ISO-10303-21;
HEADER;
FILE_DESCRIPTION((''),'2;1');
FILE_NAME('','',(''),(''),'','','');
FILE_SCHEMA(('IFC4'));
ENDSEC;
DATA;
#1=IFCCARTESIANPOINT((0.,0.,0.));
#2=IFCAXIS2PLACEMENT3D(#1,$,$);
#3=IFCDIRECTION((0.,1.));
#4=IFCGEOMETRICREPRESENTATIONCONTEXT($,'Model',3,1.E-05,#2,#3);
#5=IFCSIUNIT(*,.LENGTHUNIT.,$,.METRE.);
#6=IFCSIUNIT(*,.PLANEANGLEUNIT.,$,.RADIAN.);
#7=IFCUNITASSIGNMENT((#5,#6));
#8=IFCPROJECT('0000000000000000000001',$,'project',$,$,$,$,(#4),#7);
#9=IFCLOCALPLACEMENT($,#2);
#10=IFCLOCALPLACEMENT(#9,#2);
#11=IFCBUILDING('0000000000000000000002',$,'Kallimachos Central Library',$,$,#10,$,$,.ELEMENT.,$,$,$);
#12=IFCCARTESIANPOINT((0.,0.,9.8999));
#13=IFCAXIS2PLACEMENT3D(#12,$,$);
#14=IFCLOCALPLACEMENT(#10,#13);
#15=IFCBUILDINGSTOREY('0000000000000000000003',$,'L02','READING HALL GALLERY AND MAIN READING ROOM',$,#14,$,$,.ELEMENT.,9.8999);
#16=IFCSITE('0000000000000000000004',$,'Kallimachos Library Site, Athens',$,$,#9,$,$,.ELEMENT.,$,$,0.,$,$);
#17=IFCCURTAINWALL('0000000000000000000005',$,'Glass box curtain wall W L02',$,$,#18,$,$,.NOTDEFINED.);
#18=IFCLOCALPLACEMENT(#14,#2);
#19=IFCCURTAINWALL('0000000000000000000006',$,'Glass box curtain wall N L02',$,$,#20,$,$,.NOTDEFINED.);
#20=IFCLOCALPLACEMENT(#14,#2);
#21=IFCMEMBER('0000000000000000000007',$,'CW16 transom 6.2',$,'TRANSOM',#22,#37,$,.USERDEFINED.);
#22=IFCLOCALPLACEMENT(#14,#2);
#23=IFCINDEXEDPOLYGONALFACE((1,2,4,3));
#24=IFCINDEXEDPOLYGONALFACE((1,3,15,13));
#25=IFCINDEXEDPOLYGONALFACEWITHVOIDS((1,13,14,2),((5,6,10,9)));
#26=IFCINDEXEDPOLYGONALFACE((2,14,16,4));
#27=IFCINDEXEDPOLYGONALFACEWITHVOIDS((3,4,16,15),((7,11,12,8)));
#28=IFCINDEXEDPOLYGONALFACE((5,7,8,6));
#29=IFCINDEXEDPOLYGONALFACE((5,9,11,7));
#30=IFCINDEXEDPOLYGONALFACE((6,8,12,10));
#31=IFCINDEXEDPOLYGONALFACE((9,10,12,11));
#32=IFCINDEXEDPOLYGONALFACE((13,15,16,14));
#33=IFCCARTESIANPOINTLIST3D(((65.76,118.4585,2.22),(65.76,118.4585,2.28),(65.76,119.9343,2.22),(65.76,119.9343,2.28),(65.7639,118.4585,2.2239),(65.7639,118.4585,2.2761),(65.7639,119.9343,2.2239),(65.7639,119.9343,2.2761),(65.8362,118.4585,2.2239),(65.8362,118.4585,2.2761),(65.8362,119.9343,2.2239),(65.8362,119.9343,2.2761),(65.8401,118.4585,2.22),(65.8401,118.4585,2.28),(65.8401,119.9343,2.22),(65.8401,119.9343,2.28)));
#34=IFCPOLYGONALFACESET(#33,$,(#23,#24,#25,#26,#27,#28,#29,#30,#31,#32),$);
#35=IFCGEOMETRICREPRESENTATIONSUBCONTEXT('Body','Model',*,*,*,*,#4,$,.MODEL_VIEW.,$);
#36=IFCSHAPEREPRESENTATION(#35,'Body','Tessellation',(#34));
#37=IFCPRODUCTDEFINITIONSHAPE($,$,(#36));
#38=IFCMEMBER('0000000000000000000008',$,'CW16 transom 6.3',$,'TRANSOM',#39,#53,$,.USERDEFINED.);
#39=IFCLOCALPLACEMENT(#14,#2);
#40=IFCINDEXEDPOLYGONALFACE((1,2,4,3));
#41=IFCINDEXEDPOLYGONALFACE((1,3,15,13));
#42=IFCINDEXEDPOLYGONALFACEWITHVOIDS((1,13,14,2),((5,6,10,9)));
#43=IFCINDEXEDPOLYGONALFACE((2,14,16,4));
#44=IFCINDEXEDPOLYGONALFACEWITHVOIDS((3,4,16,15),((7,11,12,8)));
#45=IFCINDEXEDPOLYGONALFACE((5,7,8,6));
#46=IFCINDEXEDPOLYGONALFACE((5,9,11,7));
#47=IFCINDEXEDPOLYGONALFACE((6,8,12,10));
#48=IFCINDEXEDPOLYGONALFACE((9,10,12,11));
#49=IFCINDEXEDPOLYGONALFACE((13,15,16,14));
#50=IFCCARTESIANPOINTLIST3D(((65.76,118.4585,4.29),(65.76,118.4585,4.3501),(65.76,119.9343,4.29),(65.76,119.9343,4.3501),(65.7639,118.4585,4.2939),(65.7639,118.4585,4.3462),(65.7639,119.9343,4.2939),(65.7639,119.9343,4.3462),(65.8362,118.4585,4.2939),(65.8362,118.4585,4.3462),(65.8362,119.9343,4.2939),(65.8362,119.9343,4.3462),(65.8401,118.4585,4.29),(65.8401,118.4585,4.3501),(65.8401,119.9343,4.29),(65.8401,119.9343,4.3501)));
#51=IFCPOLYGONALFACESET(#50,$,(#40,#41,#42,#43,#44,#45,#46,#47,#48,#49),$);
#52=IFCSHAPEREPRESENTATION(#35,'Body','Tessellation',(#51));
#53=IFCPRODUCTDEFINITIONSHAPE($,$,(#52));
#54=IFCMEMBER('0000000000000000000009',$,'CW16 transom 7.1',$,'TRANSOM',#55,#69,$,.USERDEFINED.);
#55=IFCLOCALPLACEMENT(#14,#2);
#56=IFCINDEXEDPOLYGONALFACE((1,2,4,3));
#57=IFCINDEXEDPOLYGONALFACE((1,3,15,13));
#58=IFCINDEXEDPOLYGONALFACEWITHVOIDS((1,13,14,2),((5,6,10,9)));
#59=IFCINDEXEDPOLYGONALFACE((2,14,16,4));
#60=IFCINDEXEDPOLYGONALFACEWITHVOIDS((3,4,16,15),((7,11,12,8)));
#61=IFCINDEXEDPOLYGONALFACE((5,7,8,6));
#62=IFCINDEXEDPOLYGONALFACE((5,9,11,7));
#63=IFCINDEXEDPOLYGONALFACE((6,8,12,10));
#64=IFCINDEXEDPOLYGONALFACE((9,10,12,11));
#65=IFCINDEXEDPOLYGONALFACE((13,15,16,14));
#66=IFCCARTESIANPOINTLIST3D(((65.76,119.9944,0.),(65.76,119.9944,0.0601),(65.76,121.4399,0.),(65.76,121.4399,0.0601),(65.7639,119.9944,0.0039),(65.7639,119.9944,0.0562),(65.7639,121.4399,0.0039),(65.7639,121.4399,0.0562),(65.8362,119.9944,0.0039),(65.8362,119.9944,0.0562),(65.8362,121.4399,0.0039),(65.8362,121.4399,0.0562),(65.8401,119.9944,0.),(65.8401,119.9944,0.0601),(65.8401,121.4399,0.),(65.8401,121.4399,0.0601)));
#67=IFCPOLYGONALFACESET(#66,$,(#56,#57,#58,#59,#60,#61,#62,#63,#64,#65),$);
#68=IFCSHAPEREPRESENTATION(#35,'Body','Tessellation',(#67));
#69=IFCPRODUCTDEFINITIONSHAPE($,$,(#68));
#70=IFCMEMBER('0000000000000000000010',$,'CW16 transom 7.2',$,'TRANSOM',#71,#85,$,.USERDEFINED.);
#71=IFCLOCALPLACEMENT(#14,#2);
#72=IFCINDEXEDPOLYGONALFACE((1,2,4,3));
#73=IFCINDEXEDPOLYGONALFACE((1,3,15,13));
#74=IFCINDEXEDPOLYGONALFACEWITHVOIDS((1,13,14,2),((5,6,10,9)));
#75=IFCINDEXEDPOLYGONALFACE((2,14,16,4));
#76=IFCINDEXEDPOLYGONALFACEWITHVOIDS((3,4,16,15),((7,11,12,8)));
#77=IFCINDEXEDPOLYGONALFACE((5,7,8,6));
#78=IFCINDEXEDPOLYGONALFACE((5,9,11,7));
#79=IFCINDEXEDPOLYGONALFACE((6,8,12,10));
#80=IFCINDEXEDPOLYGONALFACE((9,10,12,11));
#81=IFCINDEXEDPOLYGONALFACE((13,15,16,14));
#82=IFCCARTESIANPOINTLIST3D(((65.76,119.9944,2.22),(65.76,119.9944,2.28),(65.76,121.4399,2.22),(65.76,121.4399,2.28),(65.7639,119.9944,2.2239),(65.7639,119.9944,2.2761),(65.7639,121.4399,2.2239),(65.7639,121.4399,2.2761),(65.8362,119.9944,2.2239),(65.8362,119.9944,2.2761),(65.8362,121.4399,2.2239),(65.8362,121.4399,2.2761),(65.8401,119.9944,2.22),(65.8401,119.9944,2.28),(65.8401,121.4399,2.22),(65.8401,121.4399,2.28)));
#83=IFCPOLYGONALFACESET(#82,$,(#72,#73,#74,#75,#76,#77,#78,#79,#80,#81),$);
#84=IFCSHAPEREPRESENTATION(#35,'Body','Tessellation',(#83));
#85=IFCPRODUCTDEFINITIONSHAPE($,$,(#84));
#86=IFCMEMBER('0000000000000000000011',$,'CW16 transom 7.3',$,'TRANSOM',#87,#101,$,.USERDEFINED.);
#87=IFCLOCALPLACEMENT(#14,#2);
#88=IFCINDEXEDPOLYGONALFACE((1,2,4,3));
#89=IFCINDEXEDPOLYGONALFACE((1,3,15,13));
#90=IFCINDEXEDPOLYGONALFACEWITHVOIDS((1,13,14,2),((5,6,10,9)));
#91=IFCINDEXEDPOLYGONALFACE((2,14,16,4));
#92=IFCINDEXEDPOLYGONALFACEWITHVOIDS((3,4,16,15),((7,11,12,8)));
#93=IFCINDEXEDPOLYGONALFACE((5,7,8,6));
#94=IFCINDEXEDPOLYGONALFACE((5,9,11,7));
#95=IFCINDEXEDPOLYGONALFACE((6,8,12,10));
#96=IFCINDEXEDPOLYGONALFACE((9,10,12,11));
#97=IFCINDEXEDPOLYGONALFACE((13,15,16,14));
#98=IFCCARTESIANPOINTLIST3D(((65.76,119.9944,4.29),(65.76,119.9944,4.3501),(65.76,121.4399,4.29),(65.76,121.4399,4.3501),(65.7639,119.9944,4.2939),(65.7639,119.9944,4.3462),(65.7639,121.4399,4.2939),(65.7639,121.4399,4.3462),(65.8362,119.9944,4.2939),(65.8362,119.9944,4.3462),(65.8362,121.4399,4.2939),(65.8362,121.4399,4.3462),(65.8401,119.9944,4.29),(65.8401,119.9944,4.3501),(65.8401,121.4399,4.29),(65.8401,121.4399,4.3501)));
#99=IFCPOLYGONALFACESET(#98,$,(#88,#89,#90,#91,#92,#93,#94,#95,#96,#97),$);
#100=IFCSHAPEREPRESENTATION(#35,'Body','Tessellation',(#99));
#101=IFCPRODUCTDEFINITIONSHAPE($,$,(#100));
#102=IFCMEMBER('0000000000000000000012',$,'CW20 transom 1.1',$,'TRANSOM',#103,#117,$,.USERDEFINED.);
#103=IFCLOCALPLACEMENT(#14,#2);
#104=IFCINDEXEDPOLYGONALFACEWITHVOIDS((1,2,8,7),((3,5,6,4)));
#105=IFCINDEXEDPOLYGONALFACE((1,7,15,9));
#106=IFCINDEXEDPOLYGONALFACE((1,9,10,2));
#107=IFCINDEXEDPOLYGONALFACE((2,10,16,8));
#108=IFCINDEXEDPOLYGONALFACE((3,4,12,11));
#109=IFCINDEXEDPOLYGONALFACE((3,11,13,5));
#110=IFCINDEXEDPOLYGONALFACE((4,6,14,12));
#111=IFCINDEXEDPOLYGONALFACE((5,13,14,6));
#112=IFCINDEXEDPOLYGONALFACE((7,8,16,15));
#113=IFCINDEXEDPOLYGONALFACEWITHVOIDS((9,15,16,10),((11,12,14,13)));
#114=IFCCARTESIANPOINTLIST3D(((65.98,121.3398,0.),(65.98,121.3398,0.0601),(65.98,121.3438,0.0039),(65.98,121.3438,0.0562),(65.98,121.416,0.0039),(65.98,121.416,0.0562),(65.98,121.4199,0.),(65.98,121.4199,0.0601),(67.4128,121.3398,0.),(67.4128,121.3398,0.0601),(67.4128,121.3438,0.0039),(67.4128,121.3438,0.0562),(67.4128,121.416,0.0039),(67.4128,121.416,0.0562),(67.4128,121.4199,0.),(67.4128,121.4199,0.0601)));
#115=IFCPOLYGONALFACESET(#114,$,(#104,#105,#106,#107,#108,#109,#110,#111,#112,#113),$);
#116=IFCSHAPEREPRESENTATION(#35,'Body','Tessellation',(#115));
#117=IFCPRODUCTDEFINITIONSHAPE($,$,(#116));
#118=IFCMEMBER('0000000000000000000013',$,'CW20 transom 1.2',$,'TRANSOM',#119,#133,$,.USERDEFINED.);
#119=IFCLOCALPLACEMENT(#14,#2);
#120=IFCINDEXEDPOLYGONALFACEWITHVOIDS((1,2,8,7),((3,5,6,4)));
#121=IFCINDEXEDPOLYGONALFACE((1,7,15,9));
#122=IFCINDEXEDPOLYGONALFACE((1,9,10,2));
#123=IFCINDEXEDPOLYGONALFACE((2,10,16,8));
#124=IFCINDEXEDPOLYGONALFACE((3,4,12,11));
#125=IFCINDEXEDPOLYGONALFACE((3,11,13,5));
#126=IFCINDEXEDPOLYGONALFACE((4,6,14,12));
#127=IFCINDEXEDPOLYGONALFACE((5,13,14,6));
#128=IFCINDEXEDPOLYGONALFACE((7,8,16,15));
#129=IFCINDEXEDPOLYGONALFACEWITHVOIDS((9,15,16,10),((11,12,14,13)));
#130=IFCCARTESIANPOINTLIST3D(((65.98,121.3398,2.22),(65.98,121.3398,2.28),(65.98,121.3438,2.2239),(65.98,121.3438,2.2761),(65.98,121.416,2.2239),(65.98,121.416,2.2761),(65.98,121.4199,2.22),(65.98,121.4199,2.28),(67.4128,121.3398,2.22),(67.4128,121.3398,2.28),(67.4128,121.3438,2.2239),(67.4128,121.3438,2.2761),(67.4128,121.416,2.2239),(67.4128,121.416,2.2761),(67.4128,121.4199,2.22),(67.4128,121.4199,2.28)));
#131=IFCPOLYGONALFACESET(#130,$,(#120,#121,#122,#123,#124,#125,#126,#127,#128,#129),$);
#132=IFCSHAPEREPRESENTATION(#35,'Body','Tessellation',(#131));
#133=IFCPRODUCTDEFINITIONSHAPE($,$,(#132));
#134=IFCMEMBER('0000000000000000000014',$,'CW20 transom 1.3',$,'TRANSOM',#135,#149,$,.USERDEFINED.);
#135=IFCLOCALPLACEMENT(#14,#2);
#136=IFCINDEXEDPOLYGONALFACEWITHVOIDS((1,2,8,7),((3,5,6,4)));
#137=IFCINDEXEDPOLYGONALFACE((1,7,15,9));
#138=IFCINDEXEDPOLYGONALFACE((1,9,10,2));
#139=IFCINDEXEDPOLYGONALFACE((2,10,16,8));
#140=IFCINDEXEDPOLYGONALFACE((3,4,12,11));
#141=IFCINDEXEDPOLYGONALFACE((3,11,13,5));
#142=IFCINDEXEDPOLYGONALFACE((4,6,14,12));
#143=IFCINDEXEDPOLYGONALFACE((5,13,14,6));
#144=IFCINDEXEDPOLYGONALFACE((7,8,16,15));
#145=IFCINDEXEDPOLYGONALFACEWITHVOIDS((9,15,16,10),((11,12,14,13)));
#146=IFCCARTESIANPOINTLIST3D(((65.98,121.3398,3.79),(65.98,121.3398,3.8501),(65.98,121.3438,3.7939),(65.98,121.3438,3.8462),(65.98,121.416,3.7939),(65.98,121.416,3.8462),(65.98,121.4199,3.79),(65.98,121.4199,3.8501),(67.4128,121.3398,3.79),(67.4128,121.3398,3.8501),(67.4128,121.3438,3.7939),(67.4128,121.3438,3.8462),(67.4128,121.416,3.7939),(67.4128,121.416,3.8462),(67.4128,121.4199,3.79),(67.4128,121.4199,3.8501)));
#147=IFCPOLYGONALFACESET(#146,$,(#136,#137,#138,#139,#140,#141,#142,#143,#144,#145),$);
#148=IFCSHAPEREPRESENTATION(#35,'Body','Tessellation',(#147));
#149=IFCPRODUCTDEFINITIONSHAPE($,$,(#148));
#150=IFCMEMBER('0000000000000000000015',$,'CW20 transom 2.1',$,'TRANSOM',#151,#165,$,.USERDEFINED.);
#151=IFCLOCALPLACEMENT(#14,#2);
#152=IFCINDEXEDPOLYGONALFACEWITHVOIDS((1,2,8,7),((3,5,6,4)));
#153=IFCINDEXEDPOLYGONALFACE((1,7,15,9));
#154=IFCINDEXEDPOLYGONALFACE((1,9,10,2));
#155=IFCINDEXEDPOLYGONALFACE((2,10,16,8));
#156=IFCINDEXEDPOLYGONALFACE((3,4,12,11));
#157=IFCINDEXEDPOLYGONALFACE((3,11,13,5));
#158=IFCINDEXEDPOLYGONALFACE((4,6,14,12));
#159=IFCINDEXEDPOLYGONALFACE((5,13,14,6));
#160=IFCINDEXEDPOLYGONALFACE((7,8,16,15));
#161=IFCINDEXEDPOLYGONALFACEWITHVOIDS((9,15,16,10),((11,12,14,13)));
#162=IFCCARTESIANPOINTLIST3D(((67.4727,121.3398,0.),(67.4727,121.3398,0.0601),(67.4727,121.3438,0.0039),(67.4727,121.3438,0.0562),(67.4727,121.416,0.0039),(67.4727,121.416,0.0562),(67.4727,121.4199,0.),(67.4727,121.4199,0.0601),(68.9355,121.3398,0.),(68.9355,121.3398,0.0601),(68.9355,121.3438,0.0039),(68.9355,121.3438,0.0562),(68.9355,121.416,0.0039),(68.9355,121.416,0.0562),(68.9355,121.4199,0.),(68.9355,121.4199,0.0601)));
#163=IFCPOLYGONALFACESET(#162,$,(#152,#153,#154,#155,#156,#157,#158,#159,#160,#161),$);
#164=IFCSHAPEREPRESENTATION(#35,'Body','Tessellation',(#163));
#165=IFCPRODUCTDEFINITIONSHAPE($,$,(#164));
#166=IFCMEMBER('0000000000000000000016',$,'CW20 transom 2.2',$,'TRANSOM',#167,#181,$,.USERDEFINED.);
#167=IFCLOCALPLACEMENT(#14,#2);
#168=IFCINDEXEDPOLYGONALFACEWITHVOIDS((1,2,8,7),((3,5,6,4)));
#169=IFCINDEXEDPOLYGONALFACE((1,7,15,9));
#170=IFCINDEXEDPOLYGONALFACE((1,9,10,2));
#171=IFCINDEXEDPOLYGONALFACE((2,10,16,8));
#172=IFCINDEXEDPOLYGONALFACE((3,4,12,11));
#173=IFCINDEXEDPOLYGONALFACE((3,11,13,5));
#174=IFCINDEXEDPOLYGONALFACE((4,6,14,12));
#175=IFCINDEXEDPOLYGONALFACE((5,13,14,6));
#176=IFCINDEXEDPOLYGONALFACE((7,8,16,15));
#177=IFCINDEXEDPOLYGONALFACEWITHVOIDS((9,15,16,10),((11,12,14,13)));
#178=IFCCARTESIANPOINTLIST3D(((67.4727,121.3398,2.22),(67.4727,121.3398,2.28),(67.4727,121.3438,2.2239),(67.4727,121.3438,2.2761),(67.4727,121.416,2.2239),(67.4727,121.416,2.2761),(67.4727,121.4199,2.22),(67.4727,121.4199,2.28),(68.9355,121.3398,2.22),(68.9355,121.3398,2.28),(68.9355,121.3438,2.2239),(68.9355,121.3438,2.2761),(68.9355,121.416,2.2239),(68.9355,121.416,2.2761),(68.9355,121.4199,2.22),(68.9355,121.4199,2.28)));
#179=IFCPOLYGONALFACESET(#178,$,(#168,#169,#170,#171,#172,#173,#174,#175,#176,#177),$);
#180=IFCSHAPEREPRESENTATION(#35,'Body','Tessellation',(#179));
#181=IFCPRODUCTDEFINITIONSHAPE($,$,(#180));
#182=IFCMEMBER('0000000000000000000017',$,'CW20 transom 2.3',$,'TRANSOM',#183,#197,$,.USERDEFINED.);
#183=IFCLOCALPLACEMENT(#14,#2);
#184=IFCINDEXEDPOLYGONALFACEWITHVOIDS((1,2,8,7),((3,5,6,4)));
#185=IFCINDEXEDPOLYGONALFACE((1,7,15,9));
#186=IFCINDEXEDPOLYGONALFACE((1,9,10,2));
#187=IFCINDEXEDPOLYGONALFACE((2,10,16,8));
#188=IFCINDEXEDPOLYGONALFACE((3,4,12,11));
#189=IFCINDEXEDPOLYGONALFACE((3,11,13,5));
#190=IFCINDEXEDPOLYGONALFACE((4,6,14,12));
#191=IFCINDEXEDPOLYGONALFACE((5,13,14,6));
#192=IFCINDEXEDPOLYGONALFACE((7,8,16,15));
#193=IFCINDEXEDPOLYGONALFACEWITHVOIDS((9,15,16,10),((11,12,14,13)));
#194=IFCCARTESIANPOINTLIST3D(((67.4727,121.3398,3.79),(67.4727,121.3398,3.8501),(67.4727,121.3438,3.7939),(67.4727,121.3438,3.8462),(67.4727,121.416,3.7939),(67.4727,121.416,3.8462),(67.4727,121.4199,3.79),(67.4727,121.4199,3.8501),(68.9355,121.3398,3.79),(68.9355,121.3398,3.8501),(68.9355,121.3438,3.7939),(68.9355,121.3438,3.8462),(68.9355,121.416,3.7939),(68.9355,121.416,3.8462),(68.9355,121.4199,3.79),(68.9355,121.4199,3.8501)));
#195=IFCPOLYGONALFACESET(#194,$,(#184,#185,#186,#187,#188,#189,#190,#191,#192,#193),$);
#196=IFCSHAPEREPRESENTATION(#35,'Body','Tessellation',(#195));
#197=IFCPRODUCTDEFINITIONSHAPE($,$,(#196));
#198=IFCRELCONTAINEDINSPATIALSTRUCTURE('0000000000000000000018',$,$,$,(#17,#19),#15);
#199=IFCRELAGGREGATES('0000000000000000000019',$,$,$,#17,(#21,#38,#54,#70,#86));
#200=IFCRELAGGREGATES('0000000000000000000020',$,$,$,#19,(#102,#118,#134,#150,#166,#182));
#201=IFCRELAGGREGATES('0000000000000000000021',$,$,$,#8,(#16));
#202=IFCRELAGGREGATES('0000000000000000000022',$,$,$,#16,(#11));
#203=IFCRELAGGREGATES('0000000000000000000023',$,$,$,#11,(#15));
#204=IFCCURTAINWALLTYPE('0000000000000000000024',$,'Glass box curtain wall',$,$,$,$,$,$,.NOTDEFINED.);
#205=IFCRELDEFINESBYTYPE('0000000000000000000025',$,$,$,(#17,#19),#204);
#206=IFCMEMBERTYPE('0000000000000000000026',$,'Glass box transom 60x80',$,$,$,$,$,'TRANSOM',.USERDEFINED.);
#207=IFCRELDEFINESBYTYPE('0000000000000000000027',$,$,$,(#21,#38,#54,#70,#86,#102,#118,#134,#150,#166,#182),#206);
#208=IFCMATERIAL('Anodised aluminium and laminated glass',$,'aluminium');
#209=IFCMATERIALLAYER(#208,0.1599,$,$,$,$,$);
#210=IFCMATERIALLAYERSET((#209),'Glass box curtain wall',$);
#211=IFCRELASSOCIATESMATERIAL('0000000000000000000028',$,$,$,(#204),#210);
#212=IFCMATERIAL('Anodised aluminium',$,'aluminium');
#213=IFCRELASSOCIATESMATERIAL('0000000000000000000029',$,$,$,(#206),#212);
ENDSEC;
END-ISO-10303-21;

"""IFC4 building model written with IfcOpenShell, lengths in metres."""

from ifc_helpers import new_model, si_unit, direction, frame, origin, origin_2d, place, context, subcontext, project, spatial, hollow_rectangle, extrude, material, layer, layer_set, material_profile, profile_set, type_object, element, aggregate, save


model = new_model("IFC4")

# Units and contexts
model_context = context("Model", 3, precision=1e-05, world=origin(), true_north=direction((0.0, 1.0)))
body_context = subcontext(model_context, "Body", "Model", "MODEL_VIEW")
ifc_project = project(units=[si_unit("LENGTHUNIT", "METRE"), si_unit("PLANEANGLEUNIT", "RADIAN")], contexts=[model_context])

# Site, building, storey
site_placement = place(None, origin())
site = spatial("IfcSite", under=ifc_project, at=site_placement, Name="Kallimachos Library Site, Athens", CompositionType="ELEMENT", RefElevation=0.0)
building_placement = place(site_placement, origin())
building = spatial("IfcBuilding", under=site, at=building_placement, Name="Kallimachos Central Library", CompositionType="ELEMENT")
storey_placement = place(building_placement, frame((0.0, 0.0, 9.8999)))
storey = spatial("IfcBuildingStorey", under=building, at=storey_placement, Name="L02", Description="READING HALL GALLERY AND MAIN READING ROOM", CompositionType="ELEMENT", Elevation=9.8999)

# Curtain walls
ifc_material_1 = material(Name="Anodised aluminium and laminated glass", Category="aluminium")
ifc_layer_1 = layer(ifc_material_1, 0.1599)
ifc_layer_set_1 = layer_set([ifc_layer_1], Name="Glass box curtain wall")
curtain_wall_type = type_object("IfcCurtainWallType", Name="Glass box curtain wall", PredefinedType="NOTDEFINED", material=ifc_layer_set_1)
curtain_wall_1_placement = place(storey_placement, origin())
curtain_wall_1 = element("IfcCurtainWall", 1, at=curtain_wall_1_placement, inside=storey, type_object=curtain_wall_type, Name="Glass box curtain wall W L02", PredefinedType="NOTDEFINED")
curtain_wall_2_placement = place(storey_placement, origin())
curtain_wall_2 = element("IfcCurtainWall", 2, at=curtain_wall_2_placement, inside=storey, type_object=curtain_wall_type, Name="Glass box curtain wall N L02", PredefinedType="NOTDEFINED")

# Members
ifc_material_2 = material(Name="Anodised aluminium", Category="aluminium")
ifc_material_profile_1 = material_profile(ifc_material_2, hollow_rectangle(XDim=0.0601, YDim=0.0801, WallThickness=0.0039, at=origin_2d()), Name="ALU TRANSOM 60x80")
ifc_profile_set_1 = profile_set([ifc_material_profile_1], Name="Anodised aluminium")
member_type_1 = type_object("IfcMemberType", Name="Glass box transom 60x80", ElementType="TRANSOM", PredefinedType="USERDEFINED", material=ifc_profile_set_1)
member_1_placement = place(storey_placement, frame((65.8, 118.4585, 2.25), z_axis=(0.0, 1.0, 0.0), x_axis=(0.0, 0.0, 1.0)))
member_1 = element("IfcMember", 3, at=member_1_placement, type_object=member_type_1, Name="CW16 transom 6.2", ObjectType="TRANSOM", PredefinedType="USERDEFINED", context=body_context, shape_type="SweptSolid", body=[
    extrude(hollow_rectangle(XDim=0.0601, YDim=0.0801, WallThickness=0.0039, at=origin_2d()), origin(), (0.0, 0.0, 1.0), 1.4758),
])
member_2_placement = place(storey_placement, frame((65.8, 118.4585, 4.3201), z_axis=(0.0, 1.0, 0.0), x_axis=(0.0, 0.0, 1.0)))
member_2 = element("IfcMember", 4, at=member_2_placement, type_object=member_type_1, Name="CW16 transom 6.3", ObjectType="TRANSOM", PredefinedType="USERDEFINED", context=body_context, shape_type="SweptSolid", body=[
    extrude(hollow_rectangle(XDim=0.0601, YDim=0.0801, WallThickness=0.0039, at=origin_2d()), origin(), (0.0, 0.0, 1.0), 1.4758),
])
member_3_placement = place(storey_placement, frame((65.8, 119.9944, 0.03), z_axis=(0.0, 1.0, 0.0), x_axis=(0.0, 0.0, 1.0)))
member_3 = element("IfcMember", 5, at=member_3_placement, type_object=member_type_1, Name="CW16 transom 7.1", ObjectType="TRANSOM", PredefinedType="USERDEFINED", context=body_context, shape_type="SweptSolid", body=[
    extrude(hollow_rectangle(XDim=0.0601, YDim=0.0801, WallThickness=0.0039, at=origin_2d()), origin(), (0.0, 0.0, 1.0), 1.4456),
])
member_4_placement = place(storey_placement, frame((65.8, 119.9944, 2.25), z_axis=(0.0, 1.0, 0.0), x_axis=(0.0, 0.0, 1.0)))
member_4 = element("IfcMember", 6, at=member_4_placement, type_object=member_type_1, Name="CW16 transom 7.2", ObjectType="TRANSOM", PredefinedType="USERDEFINED", context=body_context, shape_type="SweptSolid", body=[
    extrude(hollow_rectangle(XDim=0.0601, YDim=0.0801, WallThickness=0.0039, at=origin_2d()), origin(), (0.0, 0.0, 1.0), 1.4456),
])
member_5_placement = place(storey_placement, frame((65.8, 119.9944, 4.3201), z_axis=(0.0, 1.0, 0.0), x_axis=(0.0, 0.0, 1.0)))
member_5 = element("IfcMember", 7, at=member_5_placement, type_object=member_type_1, Name="CW16 transom 7.3", ObjectType="TRANSOM", PredefinedType="USERDEFINED", context=body_context, shape_type="SweptSolid", body=[
    extrude(hollow_rectangle(XDim=0.0601, YDim=0.0801, WallThickness=0.0039, at=origin_2d()), origin(), (0.0, 0.0, 1.0), 1.4456),
])
member_6_placement = place(storey_placement, frame((65.98, 121.3799, 0.03), z_axis=(1.0, 0.0, 0.0), x_axis=(0.0, 0.0, 1.0)))
member_6 = element("IfcMember", 8, at=member_6_placement, type_object=member_type_1, Name="CW20 transom 1.1", ObjectType="TRANSOM", PredefinedType="USERDEFINED", context=body_context, shape_type="SweptSolid", body=[
    extrude(hollow_rectangle(XDim=0.0601, YDim=0.0801, WallThickness=0.0039, at=origin_2d()), origin(), (0.0, 0.0, 1.0), 1.4329),
])
member_7_placement = place(storey_placement, frame((65.98, 121.3799, 2.25), z_axis=(1.0, 0.0, 0.0), x_axis=(0.0, 0.0, 1.0)))
member_7 = element("IfcMember", 9, at=member_7_placement, type_object=member_type_1, Name="CW20 transom 1.2", ObjectType="TRANSOM", PredefinedType="USERDEFINED", context=body_context, shape_type="SweptSolid", body=[
    extrude(hollow_rectangle(XDim=0.0601, YDim=0.0801, WallThickness=0.0039, at=origin_2d()), origin(), (0.0, 0.0, 1.0), 1.4329),
])
member_8_placement = place(storey_placement, frame((65.98, 121.3799, 3.8201), z_axis=(1.0, 0.0, 0.0), x_axis=(0.0, 0.0, 1.0)))
member_8 = element("IfcMember", 10, at=member_8_placement, type_object=member_type_1, Name="CW20 transom 1.3", ObjectType="TRANSOM", PredefinedType="USERDEFINED", context=body_context, shape_type="SweptSolid", body=[
    extrude(hollow_rectangle(XDim=0.0601, YDim=0.0801, WallThickness=0.0039, at=origin_2d()), origin(), (0.0, 0.0, 1.0), 1.4329),
])
member_9_placement = place(storey_placement, frame((67.4727, 121.3799, 0.03), z_axis=(1.0, 0.0, 0.0), x_axis=(0.0, 0.0, 1.0)))
member_9 = element("IfcMember", 11, at=member_9_placement, type_object=member_type_1, Name="CW20 transom 2.1", ObjectType="TRANSOM", PredefinedType="USERDEFINED", context=body_context, shape_type="SweptSolid", body=[
    extrude(hollow_rectangle(XDim=0.0601, YDim=0.0801, WallThickness=0.0039, at=origin_2d()), origin(), (0.0, 0.0, 1.0), 1.4629),
])
member_10_placement = place(storey_placement, frame((67.4727, 121.3799, 2.25), z_axis=(1.0, 0.0, 0.0), x_axis=(0.0, 0.0, 1.0)))
member_10 = element("IfcMember", 12, at=member_10_placement, type_object=member_type_1, Name="CW20 transom 2.2", ObjectType="TRANSOM", PredefinedType="USERDEFINED", context=body_context, shape_type="SweptSolid", body=[
    extrude(hollow_rectangle(XDim=0.0601, YDim=0.0801, WallThickness=0.0039, at=origin_2d()), origin(), (0.0, 0.0, 1.0), 1.4629),
])
member_11_placement = place(storey_placement, frame((67.4727, 121.3799, 3.8201), z_axis=(1.0, 0.0, 0.0), x_axis=(0.0, 0.0, 1.0)))
member_11 = element("IfcMember", 13, at=member_11_placement, type_object=member_type_1, Name="CW20 transom 2.3", ObjectType="TRANSOM", PredefinedType="USERDEFINED", context=body_context, shape_type="SweptSolid", body=[
    extrude(hollow_rectangle(XDim=0.0601, YDim=0.0801, WallThickness=0.0039, at=origin_2d()), origin(), (0.0, 0.0, 1.0), 1.4629),
])

aggregate(curtain_wall_1, [member_1, member_2, member_3, member_4, member_5])
aggregate(curtain_wall_2, [member_6, member_7, member_8, member_9, member_10, member_11])

save(model, "model.ifc")
